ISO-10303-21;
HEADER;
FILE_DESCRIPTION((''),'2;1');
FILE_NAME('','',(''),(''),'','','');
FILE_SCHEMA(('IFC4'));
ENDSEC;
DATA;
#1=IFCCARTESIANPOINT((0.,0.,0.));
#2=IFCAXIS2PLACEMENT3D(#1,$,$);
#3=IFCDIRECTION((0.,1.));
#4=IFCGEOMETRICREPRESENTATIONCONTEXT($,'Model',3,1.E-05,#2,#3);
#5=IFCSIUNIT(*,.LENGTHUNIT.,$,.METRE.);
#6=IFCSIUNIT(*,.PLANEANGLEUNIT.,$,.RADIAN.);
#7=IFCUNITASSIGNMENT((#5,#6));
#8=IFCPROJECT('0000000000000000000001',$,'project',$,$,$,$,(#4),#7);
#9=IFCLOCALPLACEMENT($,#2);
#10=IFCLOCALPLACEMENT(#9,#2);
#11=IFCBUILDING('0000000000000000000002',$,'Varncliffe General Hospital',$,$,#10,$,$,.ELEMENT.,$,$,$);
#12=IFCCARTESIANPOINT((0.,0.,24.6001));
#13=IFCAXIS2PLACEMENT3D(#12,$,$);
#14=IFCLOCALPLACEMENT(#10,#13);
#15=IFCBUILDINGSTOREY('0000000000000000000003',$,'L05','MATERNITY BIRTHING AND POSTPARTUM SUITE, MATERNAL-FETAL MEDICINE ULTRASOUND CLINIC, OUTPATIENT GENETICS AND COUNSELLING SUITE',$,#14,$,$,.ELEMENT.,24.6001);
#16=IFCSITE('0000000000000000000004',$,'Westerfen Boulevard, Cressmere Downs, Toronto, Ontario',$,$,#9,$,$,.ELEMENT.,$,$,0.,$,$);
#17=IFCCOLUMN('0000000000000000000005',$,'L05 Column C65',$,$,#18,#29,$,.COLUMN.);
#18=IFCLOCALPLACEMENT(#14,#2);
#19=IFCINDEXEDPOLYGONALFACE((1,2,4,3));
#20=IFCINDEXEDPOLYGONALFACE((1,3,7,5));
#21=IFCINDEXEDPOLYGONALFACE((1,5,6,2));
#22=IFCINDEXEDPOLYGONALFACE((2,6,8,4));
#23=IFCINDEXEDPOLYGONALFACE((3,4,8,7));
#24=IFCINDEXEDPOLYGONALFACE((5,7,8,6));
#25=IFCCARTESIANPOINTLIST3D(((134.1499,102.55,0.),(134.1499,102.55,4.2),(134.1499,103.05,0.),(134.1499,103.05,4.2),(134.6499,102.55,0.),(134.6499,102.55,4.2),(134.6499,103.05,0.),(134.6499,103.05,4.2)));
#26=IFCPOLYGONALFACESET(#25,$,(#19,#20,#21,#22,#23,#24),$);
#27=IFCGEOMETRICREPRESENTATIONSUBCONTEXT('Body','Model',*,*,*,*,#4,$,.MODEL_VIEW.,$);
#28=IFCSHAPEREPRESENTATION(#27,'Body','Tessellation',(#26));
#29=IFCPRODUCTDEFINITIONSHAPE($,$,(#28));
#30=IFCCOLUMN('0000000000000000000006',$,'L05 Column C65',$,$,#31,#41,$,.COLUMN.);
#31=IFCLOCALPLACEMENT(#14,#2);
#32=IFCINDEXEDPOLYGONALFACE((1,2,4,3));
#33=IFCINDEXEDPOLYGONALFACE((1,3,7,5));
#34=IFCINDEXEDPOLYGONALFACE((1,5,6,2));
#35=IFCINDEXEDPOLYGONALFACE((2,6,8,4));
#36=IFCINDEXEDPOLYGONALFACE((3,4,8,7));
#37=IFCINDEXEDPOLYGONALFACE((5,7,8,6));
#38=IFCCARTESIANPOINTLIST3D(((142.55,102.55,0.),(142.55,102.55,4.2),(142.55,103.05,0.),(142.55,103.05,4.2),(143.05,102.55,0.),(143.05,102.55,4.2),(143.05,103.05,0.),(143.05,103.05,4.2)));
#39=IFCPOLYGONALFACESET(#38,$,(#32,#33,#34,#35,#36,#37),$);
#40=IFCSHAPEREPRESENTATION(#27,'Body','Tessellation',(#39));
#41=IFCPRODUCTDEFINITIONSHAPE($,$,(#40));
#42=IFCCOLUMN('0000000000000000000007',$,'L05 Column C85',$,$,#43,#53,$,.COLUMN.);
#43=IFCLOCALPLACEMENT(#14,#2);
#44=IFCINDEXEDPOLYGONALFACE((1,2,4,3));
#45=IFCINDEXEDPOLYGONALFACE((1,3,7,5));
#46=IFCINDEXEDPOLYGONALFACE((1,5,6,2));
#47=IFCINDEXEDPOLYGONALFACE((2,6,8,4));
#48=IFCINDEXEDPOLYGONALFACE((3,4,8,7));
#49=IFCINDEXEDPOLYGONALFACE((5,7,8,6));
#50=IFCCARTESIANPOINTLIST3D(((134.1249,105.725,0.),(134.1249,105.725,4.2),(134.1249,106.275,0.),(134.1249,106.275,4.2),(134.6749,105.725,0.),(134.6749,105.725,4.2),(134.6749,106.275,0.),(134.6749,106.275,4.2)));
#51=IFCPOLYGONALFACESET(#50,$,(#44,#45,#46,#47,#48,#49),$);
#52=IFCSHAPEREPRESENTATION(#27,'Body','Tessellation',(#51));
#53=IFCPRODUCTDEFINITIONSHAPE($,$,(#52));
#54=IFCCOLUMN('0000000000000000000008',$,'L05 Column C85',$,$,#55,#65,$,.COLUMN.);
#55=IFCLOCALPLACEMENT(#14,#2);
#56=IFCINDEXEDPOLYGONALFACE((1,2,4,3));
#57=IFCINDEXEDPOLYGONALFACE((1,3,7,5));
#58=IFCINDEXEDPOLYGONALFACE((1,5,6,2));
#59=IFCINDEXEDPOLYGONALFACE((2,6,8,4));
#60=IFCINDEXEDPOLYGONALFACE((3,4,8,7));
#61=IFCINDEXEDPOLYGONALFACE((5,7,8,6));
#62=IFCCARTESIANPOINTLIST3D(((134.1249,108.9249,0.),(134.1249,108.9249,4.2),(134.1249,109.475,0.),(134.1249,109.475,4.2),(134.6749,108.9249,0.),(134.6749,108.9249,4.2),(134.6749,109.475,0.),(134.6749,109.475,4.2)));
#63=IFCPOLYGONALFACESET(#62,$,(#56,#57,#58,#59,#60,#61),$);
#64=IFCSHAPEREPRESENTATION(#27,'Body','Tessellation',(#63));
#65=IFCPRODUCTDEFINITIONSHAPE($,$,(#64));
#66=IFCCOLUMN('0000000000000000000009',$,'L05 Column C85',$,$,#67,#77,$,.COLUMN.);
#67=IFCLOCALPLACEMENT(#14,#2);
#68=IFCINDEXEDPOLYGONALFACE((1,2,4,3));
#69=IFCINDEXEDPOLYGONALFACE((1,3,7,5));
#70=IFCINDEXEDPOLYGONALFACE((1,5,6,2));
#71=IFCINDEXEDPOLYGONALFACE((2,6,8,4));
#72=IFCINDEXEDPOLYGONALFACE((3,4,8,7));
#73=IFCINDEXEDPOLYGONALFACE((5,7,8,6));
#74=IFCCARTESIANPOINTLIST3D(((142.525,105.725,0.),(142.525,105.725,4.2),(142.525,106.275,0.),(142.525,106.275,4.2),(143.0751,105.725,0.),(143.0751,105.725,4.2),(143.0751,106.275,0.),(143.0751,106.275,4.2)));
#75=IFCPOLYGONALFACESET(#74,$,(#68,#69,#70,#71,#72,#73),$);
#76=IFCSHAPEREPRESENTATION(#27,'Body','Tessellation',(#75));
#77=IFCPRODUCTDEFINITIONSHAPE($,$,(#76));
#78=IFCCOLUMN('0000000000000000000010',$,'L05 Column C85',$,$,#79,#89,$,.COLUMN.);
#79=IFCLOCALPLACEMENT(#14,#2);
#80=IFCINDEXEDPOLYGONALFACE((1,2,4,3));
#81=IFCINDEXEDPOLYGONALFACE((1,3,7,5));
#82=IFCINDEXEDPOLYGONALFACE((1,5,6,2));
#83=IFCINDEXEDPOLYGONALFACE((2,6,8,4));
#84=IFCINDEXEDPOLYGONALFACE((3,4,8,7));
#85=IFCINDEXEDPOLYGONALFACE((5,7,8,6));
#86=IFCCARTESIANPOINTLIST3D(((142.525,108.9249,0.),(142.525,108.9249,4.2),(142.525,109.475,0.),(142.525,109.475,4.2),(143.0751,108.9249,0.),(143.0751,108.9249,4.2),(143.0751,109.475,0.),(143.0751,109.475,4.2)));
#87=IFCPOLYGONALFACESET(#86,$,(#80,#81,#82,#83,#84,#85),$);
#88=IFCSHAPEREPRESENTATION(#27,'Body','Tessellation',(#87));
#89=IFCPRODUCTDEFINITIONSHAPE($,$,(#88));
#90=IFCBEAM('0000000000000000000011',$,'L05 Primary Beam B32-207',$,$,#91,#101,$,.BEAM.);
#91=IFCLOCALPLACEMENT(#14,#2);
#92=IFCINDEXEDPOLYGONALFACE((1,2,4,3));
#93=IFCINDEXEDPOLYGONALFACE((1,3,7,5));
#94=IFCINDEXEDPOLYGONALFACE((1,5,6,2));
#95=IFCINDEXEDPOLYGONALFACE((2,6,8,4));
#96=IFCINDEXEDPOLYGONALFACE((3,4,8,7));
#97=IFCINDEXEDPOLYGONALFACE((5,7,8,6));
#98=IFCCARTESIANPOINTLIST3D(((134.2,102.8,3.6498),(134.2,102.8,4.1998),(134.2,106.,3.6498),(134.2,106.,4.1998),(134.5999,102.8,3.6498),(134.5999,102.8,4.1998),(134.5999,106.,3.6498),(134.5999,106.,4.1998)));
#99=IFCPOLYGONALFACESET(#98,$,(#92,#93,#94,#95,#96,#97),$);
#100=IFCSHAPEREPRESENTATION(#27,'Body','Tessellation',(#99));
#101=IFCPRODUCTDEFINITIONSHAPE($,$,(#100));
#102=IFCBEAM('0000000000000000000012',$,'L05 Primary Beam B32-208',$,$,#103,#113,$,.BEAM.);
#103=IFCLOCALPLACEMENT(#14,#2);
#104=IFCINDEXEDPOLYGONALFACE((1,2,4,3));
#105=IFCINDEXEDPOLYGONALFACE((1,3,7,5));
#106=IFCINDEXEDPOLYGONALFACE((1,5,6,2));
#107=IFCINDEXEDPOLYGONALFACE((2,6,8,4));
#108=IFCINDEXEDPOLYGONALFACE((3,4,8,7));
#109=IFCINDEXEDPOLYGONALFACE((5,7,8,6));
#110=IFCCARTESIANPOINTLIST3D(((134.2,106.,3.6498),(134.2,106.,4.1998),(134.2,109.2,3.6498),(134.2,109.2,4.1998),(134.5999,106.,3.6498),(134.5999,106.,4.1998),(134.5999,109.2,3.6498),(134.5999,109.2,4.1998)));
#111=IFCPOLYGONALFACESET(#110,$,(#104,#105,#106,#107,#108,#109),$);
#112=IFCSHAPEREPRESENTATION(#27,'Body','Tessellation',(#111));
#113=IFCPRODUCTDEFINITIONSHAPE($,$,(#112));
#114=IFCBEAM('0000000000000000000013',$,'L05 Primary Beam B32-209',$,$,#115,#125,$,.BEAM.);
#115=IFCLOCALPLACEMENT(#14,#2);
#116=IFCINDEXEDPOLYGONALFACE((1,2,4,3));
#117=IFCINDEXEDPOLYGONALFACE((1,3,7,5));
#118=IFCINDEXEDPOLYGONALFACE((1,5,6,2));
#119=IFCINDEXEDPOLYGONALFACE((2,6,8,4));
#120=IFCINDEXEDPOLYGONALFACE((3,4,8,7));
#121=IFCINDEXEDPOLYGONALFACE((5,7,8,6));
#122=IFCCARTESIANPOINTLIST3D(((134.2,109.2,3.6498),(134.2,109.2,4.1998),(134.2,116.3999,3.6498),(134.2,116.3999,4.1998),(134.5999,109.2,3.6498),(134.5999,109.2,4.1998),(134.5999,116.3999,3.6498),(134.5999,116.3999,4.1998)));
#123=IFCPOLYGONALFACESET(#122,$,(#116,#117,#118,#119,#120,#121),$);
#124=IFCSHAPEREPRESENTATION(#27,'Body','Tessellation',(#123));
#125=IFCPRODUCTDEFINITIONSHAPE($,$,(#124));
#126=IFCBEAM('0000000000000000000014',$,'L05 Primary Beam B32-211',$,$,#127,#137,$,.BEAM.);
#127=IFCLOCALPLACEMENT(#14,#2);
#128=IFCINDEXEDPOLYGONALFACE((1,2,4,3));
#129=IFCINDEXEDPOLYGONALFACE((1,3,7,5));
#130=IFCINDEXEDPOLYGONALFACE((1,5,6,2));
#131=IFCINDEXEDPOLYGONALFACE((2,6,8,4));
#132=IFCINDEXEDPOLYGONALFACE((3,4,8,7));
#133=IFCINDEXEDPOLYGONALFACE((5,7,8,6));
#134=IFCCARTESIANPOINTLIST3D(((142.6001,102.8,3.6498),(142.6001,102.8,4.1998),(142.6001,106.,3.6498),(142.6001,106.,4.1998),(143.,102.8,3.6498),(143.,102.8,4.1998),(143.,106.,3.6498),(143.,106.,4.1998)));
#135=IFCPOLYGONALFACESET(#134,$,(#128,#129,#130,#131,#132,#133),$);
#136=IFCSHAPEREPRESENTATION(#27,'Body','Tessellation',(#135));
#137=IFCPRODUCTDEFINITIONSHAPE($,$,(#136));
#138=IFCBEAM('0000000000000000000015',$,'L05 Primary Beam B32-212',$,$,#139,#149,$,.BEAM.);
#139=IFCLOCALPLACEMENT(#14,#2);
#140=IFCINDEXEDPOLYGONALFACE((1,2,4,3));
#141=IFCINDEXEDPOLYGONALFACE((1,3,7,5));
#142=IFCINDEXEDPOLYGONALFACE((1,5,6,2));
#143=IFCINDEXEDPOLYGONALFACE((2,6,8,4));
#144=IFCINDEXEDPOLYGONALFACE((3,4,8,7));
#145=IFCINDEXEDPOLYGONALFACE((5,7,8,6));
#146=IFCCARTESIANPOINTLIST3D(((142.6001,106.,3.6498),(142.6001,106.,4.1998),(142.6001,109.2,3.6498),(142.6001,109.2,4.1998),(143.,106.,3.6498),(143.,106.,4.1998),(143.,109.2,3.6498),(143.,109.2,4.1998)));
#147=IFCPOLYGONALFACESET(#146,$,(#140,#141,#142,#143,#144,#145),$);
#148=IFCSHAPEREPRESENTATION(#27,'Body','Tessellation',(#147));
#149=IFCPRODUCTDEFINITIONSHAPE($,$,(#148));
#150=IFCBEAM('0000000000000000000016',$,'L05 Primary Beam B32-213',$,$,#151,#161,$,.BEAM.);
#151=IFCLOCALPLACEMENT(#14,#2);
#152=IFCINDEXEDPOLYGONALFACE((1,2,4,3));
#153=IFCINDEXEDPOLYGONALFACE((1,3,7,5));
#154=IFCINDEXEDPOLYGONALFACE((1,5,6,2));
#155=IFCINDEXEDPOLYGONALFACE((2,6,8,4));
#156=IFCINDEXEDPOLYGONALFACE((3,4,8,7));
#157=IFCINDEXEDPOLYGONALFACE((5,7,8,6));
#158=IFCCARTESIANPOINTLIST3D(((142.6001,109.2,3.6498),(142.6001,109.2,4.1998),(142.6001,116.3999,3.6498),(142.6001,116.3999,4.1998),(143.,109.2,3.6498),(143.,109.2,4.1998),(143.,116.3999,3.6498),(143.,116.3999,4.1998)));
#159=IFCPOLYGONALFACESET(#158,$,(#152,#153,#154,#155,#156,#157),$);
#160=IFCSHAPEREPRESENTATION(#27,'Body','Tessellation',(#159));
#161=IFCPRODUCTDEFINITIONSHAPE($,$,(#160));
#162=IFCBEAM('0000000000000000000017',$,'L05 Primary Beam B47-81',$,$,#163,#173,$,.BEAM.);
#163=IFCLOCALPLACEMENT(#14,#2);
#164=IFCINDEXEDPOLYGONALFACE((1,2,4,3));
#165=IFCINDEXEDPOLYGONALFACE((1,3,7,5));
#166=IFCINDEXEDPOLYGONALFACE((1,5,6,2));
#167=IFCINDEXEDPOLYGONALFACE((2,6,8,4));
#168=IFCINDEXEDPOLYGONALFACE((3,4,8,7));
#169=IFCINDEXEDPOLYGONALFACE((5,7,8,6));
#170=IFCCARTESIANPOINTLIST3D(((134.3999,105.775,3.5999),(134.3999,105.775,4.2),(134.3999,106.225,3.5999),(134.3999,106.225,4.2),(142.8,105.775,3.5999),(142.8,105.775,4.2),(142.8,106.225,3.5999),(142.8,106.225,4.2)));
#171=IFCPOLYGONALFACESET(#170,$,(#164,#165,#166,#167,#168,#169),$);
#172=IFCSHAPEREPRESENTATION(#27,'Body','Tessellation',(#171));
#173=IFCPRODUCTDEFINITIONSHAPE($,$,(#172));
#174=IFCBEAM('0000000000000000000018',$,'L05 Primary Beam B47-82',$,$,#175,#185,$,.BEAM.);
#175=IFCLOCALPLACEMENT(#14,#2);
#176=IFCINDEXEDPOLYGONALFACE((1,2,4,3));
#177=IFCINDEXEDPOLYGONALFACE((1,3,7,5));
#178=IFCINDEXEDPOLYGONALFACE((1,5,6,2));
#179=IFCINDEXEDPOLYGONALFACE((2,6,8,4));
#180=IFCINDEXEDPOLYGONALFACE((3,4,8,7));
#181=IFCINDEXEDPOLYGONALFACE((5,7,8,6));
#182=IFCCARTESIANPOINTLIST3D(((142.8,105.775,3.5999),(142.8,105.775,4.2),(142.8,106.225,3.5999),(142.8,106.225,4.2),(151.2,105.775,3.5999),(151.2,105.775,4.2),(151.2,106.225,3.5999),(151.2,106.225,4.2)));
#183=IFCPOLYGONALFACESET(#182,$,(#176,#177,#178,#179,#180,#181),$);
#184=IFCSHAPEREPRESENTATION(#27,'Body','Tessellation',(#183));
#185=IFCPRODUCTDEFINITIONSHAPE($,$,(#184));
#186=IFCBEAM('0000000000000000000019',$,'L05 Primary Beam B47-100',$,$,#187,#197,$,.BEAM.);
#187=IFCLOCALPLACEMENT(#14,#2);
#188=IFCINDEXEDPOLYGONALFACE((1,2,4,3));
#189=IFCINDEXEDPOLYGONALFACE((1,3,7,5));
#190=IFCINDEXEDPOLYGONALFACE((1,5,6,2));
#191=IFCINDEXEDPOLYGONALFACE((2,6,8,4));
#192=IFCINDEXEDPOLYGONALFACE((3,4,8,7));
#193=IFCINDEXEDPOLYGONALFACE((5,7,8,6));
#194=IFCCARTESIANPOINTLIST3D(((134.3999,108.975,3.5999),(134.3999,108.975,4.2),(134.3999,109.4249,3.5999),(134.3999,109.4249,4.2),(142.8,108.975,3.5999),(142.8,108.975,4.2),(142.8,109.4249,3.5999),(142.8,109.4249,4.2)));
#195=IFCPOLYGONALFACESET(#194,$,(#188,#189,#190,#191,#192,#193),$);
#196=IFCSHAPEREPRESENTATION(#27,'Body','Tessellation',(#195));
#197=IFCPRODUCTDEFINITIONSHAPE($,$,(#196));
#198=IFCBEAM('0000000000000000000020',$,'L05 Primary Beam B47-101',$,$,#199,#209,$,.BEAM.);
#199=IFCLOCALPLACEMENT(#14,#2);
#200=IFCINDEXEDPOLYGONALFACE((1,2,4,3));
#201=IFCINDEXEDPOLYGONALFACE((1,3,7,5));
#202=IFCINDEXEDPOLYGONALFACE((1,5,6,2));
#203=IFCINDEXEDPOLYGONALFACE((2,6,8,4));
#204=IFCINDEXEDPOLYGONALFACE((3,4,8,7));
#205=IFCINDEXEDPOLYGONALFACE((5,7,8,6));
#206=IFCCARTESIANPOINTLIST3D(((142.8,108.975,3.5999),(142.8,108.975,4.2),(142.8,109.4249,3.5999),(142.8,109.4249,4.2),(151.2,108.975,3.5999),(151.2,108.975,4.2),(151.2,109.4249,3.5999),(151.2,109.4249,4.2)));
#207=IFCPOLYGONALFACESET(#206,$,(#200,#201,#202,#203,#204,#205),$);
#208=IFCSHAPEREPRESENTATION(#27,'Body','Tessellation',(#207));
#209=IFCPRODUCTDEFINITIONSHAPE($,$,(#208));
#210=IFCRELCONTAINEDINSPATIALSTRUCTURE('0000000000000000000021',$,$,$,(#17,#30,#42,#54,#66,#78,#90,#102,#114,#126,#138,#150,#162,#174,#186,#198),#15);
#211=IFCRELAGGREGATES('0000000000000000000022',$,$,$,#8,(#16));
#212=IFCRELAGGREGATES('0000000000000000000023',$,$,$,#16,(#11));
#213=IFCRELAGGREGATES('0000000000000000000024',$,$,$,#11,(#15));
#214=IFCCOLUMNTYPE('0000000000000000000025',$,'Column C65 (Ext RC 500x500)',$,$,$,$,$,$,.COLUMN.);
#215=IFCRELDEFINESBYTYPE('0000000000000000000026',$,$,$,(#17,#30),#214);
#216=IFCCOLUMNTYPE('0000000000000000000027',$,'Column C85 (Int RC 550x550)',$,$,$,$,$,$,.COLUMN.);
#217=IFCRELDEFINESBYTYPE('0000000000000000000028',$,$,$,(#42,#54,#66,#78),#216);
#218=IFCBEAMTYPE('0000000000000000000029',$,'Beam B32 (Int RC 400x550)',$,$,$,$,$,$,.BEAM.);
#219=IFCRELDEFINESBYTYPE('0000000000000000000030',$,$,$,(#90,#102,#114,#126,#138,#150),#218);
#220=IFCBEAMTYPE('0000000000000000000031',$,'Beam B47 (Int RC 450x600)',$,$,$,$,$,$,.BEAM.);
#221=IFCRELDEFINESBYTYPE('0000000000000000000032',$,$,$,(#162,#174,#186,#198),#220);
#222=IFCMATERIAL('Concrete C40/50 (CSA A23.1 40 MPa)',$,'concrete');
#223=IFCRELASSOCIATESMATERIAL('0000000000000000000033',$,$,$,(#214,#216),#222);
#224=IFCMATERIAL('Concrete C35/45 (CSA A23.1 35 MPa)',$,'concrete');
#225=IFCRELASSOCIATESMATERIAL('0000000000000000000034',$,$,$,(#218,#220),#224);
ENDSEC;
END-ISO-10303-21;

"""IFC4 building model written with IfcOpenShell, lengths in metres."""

from ifc_helpers import new_model, si_unit, direction, frame, origin, origin_2d, place, context, subcontext, project, spatial, rectangle, extrude, material, material_profile, profile_set, type_object, element, save


model = new_model("IFC4")

# Units and contexts
model_context = context("Model", 3, precision=1e-05, world=origin(), true_north=direction((0.0, 1.0)))
body_context = subcontext(model_context, "Body", "Model", "MODEL_VIEW")
ifc_project = project(units=[si_unit("LENGTHUNIT", "METRE"), si_unit("PLANEANGLEUNIT", "RADIAN")], contexts=[model_context])

# Site, building, storey
site_placement = place(None, origin())
site = spatial("IfcSite", under=ifc_project, at=site_placement, Name="Westerfen Boulevard, Cressmere Downs, Toronto, Ontario", CompositionType="ELEMENT", RefElevation=0.0)
building_placement = place(site_placement, origin())
building = spatial("IfcBuilding", under=site, at=building_placement, Name="Varncliffe General Hospital", CompositionType="ELEMENT")
storey_placement = place(building_placement, frame((0.0, 0.0, 24.6001)))
storey = spatial("IfcBuildingStorey", under=building, at=storey_placement, Name="L05", Description="MATERNITY BIRTHING AND POSTPARTUM SUITE, MATERNAL-FETAL MEDICINE ULTRASOUND CLINIC, OUTPATIENT GENETICS AND COUNSELLING SUITE", CompositionType="ELEMENT", Elevation=24.6001)

# Columns
ifc_material_1 = material(Name="Concrete C40/50 (CSA A23.1 40 MPa)", Category="concrete")
ifc_material_profile_1 = material_profile(ifc_material_1, rectangle(XDim=0.5, YDim=0.5, at=origin_2d()), Name="RC 500x500")
ifc_profile_set_1 = profile_set([ifc_material_profile_1], Name="Concrete C40/50 (CSA A23.1 40 MPa)")
column_type_1 = type_object("IfcColumnType", Name="Column C65 (Ext RC 500x500)", PredefinedType="COLUMN", material=ifc_profile_set_1)
for number, where, z_axis, x_axis, name in (
    (1, (134.3999, 102.8, 0.0), (0.0, 0.0, 1.0), (1.0, 0.0, 0.0), "L05 Column C65"),
    (2, (142.8, 102.8, 0.0), (0.0, 0.0, 1.0), (1.0, 0.0, 0.0), "L05 Column C65"),
):
    element("IfcColumn", number, at=place(storey_placement, frame(where, z_axis=z_axis, x_axis=x_axis)), inside=storey, type_object=column_type_1, Name=name, PredefinedType="COLUMN", context=body_context, shape_type="SweptSolid", body=[
        extrude(rectangle(XDim=0.5, YDim=0.5, at=origin_2d()), origin(), (0.0, 0.0, 1.0), 4.2),
    ])
ifc_material_profile_2 = material_profile(ifc_material_1, rectangle(XDim=0.55, YDim=0.55, at=origin_2d()), Name="RC 550x550")
ifc_profile_set_2 = profile_set([ifc_material_profile_2], Name="Concrete C40/50 (CSA A23.1 40 MPa)")
column_type_2 = type_object("IfcColumnType", Name="Column C85 (Int RC 550x550)", PredefinedType="COLUMN", material=ifc_profile_set_2)
for number, where, z_axis, x_axis, name in (
    (3, (134.3999, 106.0, 0.0), (0.0, 0.0, 1.0), (1.0, 0.0, 0.0), "L05 Column C85"),
    (4, (134.3999, 109.2, 0.0), (0.0, 0.0, 1.0), (1.0, 0.0, 0.0), "L05 Column C85"),
    (5, (142.8, 106.0, 0.0), (0.0, 0.0, 1.0), (1.0, 0.0, 0.0), "L05 Column C85"),
    (6, (142.8, 109.2, 0.0), (0.0, 0.0, 1.0), (1.0, 0.0, 0.0), "L05 Column C85"),
):
    element("IfcColumn", number, at=place(storey_placement, frame(where, z_axis=z_axis, x_axis=x_axis)), inside=storey, type_object=column_type_2, Name=name, PredefinedType="COLUMN", context=body_context, shape_type="SweptSolid", body=[
        extrude(rectangle(XDim=0.55, YDim=0.55, at=origin_2d()), origin(), (0.0, 0.0, 1.0), 4.2),
    ])

# Beams
ifc_material_2 = material(Name="Concrete C35/45 (CSA A23.1 35 MPa)", Category="concrete")
ifc_material_profile_3 = material_profile(ifc_material_2, rectangle(XDim=0.3999, YDim=0.55, at=origin_2d()), Name="RC 400x550")
ifc_profile_set_3 = profile_set([ifc_material_profile_3], Name="Concrete C35/45 (CSA A23.1 35 MPa)")
beam_type_1 = type_object("IfcBeamType", Name="Beam B32 (Int RC 400x550)", PredefinedType="BEAM", material=ifc_profile_set_3)
for number, where, z_axis, x_axis, name in (
    (7, (134.3999, 102.8, 3.9248), (0.0, 1.0, 0.0), (-1.0, 0.0, 0.0), "L05 Primary Beam B32-207"),
    (8, (134.3999, 106.0, 3.9248), (0.0, 1.0, 0.0), (-1.0, 0.0, 0.0), "L05 Primary Beam B32-208"),
):
    element("IfcBeam", number, at=place(storey_placement, frame(where, z_axis=z_axis, x_axis=x_axis)), inside=storey, type_object=beam_type_1, Name=name, PredefinedType="BEAM", context=body_context, shape_type="SweptSolid", body=[
        extrude(rectangle(XDim=0.3999, YDim=0.55, at=origin_2d()), origin(), (0.0, 0.0, 1.0), 3.2),
    ])
beam_1_placement = place(storey_placement, frame((134.3999, 109.2, 3.9248), z_axis=(0.0, 1.0, 0.0), x_axis=(-1.0, 0.0, 0.0)))
element("IfcBeam", 9, at=beam_1_placement, inside=storey, type_object=beam_type_1, Name="L05 Primary Beam B32-209", PredefinedType="BEAM", context=body_context, shape_type="SweptSolid", body=[
    extrude(rectangle(XDim=0.3999, YDim=0.55, at=origin_2d()), origin(), (0.0, 0.0, 1.0), 7.2),
])
for number, where, z_axis, x_axis, name in (
    (10, (142.8, 102.8, 3.9248), (0.0, 1.0, 0.0), (-1.0, 0.0, 0.0), "L05 Primary Beam B32-211"),
    (11, (142.8, 106.0, 3.9248), (0.0, 1.0, 0.0), (-1.0, 0.0, 0.0), "L05 Primary Beam B32-212"),
):
    element("IfcBeam", number, at=place(storey_placement, frame(where, z_axis=z_axis, x_axis=x_axis)), inside=storey, type_object=beam_type_1, Name=name, PredefinedType="BEAM", context=body_context, shape_type="SweptSolid", body=[
        extrude(rectangle(XDim=0.3999, YDim=0.55, at=origin_2d()), origin(), (0.0, 0.0, 1.0), 3.2),
    ])
beam_2_placement = place(storey_placement, frame((142.8, 109.2, 3.9248), z_axis=(0.0, 1.0, 0.0), x_axis=(-1.0, 0.0, 0.0)))
element("IfcBeam", 12, at=beam_2_placement, inside=storey, type_object=beam_type_1, Name="L05 Primary Beam B32-213", PredefinedType="BEAM", context=body_context, shape_type="SweptSolid", body=[
    extrude(rectangle(XDim=0.3999, YDim=0.55, at=origin_2d()), origin(), (0.0, 0.0, 1.0), 7.2),
])
ifc_material_profile_4 = material_profile(ifc_material_2, rectangle(XDim=0.45, YDim=0.6001, at=origin_2d()), Name="RC 450x600")
ifc_profile_set_4 = profile_set([ifc_material_profile_4], Name="Concrete C35/45 (CSA A23.1 35 MPa)")
beam_type_2 = type_object("IfcBeamType", Name="Beam B47 (Int RC 450x600)", PredefinedType="BEAM", material=ifc_profile_set_4)
beam_3_placement = place(storey_placement, frame((134.3999, 106.0, 3.8999), z_axis=(1.0, 0.0, 0.0), x_axis=(0.0, 1.0, 0.0)))
element("IfcBeam", 13, at=beam_3_placement, inside=storey, type_object=beam_type_2, Name="L05 Primary Beam B47-81", PredefinedType="BEAM", context=body_context, shape_type="SweptSolid", body=[
    extrude(rectangle(XDim=0.45, YDim=0.6001, at=origin_2d()), origin(), (0.0, 0.0, 1.0), 8.4001),
])
beam_4_placement = place(storey_placement, frame((142.8, 106.0, 3.8999), z_axis=(1.0, 0.0, 0.0), x_axis=(0.0, 1.0, 0.0)))
element("IfcBeam", 14, at=beam_4_placement, inside=storey, type_object=beam_type_2, Name="L05 Primary Beam B47-82", PredefinedType="BEAM", context=body_context, shape_type="SweptSolid", body=[
    extrude(rectangle(XDim=0.45, YDim=0.6001, at=origin_2d()), origin(), (0.0, 0.0, 1.0), 8.3999),
])
beam_5_placement = place(storey_placement, frame((134.3999, 109.2, 3.8999), z_axis=(1.0, 0.0, 0.0), x_axis=(0.0, 1.0, 0.0)))
element("IfcBeam", 15, at=beam_5_placement, inside=storey, type_object=beam_type_2, Name="L05 Primary Beam B47-100", PredefinedType="BEAM", context=body_context, shape_type="SweptSolid", body=[
    extrude(rectangle(XDim=0.45, YDim=0.6001, at=origin_2d()), origin(), (0.0, 0.0, 1.0), 8.4001),
])
beam_6_placement = place(storey_placement, frame((142.8, 109.2, 3.8999), z_axis=(1.0, 0.0, 0.0), x_axis=(0.0, 1.0, 0.0)))
element("IfcBeam", 16, at=beam_6_placement, inside=storey, type_object=beam_type_2, Name="L05 Primary Beam B47-101", PredefinedType="BEAM", context=body_context, shape_type="SweptSolid", body=[
    extrude(rectangle(XDim=0.45, YDim=0.6001, at=origin_2d()), origin(), (0.0, 0.0, 1.0), 8.3999),
])

save(model, "model.ifc")
